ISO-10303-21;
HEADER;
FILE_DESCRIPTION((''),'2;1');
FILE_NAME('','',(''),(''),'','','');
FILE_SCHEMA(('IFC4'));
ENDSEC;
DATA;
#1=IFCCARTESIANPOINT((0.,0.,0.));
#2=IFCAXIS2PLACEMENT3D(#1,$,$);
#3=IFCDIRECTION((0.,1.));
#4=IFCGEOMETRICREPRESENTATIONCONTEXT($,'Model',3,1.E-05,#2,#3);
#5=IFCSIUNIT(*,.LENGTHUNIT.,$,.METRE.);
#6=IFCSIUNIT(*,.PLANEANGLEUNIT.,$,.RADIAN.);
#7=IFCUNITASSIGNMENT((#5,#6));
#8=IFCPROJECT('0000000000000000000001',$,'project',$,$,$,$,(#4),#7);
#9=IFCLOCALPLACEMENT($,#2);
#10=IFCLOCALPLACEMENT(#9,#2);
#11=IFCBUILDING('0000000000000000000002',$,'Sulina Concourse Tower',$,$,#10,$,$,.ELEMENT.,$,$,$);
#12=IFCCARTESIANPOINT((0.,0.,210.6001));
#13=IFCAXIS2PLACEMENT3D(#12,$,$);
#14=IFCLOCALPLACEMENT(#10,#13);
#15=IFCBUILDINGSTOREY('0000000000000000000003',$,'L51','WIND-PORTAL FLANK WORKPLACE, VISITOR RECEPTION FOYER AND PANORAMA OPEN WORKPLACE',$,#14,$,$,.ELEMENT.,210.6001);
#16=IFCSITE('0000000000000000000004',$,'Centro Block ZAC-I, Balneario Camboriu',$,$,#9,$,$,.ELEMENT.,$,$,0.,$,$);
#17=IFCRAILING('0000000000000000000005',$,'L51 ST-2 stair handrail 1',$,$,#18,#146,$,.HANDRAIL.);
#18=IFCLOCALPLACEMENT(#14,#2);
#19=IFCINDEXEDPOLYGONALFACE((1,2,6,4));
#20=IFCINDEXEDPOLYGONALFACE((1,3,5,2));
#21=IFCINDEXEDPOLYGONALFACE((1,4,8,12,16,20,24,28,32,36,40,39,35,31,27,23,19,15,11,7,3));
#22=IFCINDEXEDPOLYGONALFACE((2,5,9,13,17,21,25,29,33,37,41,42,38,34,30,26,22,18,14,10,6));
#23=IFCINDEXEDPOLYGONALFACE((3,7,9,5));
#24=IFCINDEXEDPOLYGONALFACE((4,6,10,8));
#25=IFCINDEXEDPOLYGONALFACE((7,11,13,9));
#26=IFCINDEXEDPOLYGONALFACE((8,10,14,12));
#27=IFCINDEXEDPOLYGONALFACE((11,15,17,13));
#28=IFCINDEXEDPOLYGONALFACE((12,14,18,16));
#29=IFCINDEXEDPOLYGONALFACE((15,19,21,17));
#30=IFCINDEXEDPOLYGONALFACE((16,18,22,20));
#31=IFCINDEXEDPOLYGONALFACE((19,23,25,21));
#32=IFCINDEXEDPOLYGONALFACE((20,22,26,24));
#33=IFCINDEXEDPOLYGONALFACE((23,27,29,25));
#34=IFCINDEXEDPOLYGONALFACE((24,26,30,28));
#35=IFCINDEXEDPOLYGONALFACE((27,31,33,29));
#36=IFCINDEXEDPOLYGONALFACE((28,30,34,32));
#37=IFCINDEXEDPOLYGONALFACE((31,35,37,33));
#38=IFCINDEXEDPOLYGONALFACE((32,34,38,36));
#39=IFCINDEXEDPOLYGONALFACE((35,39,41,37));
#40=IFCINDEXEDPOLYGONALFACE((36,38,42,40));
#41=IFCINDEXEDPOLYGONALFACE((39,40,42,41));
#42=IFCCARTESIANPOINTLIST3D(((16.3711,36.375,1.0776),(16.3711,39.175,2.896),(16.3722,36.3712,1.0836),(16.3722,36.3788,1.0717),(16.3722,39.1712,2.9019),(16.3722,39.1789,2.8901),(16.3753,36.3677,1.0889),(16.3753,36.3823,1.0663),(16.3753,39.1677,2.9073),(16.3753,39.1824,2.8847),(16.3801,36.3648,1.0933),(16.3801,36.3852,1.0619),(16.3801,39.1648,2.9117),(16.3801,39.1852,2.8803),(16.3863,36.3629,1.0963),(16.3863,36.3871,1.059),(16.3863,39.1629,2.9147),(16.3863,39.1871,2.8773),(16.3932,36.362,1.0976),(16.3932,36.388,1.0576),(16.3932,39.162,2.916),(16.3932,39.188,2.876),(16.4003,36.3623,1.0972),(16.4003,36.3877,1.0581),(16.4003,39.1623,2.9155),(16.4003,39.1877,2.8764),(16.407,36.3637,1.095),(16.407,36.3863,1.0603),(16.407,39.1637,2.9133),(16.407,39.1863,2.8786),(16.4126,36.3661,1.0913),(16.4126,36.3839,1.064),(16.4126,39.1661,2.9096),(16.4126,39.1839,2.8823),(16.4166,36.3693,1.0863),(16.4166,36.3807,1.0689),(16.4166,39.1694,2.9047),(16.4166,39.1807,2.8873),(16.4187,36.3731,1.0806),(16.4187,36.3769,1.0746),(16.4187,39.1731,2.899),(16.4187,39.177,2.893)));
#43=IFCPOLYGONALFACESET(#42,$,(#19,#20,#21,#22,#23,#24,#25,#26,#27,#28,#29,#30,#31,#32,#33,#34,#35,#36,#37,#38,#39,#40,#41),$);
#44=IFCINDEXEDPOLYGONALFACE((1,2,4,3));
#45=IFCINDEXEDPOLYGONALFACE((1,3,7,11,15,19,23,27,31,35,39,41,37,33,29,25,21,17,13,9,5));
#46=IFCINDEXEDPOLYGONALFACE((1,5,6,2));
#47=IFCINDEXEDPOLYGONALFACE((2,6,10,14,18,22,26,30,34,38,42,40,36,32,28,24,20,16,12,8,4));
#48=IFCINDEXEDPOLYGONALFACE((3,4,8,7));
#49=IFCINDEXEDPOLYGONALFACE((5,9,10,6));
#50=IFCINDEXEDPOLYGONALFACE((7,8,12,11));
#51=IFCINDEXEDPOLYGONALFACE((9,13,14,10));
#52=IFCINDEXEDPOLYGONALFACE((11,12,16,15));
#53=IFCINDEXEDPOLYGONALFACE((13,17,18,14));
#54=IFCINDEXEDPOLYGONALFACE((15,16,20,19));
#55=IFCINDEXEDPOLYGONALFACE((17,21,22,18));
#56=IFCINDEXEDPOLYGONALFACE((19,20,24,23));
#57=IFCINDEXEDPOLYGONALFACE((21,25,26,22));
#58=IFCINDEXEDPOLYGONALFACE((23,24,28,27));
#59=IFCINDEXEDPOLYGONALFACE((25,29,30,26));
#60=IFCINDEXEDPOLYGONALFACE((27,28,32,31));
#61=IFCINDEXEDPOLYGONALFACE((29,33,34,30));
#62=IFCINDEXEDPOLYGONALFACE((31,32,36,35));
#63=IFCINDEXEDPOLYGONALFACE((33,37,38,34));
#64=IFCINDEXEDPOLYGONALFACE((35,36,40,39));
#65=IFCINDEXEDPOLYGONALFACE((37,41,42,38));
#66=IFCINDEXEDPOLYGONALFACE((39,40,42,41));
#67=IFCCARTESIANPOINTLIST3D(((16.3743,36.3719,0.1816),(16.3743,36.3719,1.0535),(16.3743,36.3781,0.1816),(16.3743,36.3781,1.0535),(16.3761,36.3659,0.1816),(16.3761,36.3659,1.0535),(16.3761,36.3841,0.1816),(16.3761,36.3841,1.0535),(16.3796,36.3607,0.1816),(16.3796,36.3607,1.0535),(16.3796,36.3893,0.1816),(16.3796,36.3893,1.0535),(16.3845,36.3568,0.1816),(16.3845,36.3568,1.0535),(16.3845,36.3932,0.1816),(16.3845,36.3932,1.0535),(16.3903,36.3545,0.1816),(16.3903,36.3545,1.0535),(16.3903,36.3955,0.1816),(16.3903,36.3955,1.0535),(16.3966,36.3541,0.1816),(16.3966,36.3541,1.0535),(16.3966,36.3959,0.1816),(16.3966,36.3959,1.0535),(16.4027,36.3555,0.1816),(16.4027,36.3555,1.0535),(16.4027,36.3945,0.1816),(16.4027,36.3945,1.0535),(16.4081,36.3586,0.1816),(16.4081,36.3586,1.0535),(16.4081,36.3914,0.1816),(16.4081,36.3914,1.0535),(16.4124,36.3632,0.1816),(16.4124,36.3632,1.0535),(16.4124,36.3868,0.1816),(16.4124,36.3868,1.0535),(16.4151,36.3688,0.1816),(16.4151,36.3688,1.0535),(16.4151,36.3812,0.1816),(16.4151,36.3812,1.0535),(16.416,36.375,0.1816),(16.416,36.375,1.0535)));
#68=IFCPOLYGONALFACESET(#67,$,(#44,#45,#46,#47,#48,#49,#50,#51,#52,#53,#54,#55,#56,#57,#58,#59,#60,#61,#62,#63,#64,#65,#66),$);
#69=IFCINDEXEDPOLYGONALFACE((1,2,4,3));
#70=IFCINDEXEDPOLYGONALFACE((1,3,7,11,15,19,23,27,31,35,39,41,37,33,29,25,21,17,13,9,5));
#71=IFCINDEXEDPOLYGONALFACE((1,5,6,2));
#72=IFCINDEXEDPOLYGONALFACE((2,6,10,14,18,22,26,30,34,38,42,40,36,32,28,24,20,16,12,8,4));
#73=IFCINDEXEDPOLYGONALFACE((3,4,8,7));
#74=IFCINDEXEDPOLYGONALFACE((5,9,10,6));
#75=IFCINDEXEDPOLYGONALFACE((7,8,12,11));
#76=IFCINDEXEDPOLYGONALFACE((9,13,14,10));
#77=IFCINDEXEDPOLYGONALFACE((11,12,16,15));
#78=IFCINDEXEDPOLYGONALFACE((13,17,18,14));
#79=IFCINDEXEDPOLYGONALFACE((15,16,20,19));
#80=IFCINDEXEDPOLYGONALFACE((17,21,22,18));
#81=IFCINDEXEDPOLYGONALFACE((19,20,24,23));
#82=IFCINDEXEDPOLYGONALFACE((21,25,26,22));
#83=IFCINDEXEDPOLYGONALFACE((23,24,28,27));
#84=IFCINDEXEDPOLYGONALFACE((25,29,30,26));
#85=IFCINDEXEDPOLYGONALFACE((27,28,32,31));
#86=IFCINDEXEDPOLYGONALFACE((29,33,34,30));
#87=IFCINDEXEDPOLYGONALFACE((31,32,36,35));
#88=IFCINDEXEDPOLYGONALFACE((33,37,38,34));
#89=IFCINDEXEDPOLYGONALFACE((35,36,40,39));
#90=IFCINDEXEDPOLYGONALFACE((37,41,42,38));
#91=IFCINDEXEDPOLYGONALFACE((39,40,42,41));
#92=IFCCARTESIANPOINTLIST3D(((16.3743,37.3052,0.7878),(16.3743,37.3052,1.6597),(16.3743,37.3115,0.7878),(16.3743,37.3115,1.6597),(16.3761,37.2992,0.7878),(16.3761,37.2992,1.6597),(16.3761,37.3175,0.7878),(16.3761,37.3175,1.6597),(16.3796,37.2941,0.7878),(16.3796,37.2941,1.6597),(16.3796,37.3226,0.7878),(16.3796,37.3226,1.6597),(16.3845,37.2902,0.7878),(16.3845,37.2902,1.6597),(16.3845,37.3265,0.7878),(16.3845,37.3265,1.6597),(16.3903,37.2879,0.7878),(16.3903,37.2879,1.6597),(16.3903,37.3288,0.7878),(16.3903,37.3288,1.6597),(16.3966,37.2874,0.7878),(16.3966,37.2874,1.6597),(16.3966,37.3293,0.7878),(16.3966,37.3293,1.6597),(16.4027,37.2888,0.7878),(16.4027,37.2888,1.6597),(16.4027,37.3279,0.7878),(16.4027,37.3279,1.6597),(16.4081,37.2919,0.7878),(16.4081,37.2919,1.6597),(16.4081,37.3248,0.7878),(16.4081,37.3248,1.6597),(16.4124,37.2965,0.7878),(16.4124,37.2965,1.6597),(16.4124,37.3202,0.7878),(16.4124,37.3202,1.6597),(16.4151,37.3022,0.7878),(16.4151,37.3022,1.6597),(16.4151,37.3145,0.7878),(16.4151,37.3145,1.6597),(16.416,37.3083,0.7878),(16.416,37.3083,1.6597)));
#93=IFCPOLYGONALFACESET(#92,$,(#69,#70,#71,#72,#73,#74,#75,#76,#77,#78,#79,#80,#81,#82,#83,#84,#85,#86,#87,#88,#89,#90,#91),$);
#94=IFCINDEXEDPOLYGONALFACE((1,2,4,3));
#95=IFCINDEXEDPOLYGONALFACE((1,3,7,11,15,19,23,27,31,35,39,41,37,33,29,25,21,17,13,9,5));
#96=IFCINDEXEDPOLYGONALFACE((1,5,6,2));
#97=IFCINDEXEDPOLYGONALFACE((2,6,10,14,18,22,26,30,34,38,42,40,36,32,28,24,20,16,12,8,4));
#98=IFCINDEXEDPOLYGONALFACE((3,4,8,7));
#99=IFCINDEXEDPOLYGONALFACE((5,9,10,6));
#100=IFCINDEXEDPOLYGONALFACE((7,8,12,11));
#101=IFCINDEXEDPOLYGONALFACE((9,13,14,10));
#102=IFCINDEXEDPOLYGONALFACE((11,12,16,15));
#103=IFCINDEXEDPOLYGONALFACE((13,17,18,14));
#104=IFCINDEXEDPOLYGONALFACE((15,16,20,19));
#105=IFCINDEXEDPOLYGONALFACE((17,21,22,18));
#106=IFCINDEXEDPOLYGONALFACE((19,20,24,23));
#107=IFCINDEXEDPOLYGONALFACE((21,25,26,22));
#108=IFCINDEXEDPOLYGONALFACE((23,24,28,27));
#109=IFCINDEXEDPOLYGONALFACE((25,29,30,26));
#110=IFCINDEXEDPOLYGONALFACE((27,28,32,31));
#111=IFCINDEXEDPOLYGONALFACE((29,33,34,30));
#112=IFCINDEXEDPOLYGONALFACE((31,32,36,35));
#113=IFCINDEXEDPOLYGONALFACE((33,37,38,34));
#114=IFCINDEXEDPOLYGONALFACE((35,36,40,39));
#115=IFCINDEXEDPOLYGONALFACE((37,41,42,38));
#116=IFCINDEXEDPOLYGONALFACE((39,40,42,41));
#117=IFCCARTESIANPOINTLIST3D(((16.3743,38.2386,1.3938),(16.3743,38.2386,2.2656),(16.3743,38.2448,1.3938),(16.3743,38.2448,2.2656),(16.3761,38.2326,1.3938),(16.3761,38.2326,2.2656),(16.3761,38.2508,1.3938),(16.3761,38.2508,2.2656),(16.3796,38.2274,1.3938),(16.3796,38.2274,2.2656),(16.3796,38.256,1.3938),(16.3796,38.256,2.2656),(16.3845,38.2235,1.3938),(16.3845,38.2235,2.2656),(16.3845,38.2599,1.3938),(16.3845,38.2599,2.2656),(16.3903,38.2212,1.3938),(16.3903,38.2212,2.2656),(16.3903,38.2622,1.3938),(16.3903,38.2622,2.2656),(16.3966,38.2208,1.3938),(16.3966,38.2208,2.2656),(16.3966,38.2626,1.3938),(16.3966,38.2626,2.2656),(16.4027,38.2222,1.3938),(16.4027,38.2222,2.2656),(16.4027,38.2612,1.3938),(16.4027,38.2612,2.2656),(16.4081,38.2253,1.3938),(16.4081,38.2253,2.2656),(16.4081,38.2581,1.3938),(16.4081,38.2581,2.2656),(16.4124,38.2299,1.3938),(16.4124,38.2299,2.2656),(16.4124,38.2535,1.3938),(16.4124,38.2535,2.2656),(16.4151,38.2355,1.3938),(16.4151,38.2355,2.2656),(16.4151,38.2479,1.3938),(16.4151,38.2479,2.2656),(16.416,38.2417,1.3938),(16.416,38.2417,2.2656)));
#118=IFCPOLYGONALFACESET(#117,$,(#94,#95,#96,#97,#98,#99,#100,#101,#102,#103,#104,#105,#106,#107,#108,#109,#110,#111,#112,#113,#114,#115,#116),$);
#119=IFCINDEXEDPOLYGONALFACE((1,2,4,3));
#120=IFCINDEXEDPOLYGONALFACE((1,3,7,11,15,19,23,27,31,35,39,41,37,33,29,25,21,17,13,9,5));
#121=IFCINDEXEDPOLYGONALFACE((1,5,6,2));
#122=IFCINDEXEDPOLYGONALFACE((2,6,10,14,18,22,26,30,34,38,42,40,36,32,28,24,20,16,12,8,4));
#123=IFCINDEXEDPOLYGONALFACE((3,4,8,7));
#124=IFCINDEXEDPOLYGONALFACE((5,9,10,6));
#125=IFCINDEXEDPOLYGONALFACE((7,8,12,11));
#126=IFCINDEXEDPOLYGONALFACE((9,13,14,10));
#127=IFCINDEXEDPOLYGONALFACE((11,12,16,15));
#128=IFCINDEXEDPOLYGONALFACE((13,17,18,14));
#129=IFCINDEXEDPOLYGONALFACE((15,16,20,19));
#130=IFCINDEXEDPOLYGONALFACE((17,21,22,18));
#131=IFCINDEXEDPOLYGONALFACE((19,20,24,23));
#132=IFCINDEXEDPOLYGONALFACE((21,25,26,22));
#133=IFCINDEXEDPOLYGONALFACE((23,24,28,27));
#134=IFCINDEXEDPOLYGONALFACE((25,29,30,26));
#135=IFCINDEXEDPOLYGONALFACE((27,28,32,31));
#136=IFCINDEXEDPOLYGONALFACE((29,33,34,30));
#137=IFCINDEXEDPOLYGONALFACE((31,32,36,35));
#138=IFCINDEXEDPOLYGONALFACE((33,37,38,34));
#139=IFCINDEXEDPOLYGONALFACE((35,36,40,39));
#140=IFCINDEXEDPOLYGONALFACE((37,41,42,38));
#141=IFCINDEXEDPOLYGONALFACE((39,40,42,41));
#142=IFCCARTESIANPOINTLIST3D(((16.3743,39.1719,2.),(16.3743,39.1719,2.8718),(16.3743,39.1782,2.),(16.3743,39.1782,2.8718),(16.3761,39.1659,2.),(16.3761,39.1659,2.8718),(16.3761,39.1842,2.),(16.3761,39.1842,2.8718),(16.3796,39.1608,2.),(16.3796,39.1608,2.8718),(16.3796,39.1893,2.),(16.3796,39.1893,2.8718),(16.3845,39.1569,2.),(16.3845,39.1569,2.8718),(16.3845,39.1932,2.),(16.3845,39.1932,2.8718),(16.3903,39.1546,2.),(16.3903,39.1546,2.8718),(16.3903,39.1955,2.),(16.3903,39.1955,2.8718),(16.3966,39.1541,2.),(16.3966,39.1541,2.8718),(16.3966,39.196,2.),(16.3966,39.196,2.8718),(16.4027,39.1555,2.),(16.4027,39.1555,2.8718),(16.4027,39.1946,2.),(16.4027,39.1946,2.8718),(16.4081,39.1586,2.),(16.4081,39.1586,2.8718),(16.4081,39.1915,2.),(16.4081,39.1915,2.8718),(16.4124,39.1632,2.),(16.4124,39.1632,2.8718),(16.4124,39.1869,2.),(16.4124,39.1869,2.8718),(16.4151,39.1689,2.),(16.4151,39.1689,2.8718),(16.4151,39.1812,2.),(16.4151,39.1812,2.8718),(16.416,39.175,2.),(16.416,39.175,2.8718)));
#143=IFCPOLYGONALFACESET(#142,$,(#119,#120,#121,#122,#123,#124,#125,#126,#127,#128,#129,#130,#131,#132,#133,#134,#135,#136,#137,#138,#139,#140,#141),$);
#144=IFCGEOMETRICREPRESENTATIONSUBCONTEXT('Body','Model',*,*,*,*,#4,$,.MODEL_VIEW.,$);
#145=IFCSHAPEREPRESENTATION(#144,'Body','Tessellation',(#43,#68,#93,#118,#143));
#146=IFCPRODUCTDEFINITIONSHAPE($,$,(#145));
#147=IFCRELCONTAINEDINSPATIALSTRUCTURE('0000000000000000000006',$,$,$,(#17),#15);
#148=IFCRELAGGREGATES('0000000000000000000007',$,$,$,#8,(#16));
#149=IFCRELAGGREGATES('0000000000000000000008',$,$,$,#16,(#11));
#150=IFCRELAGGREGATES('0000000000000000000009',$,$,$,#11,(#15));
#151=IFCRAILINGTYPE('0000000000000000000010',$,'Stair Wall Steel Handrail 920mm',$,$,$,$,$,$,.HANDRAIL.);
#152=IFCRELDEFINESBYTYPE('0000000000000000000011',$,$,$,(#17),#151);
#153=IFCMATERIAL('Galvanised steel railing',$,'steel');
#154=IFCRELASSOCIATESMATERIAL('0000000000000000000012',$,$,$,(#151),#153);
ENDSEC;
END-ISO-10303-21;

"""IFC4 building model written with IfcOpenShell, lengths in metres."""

from ifc_helpers import new_model, si_unit, direction, frame, origin, origin_2d, place, context, subcontext, project, spatial, circle, extrude, material, type_object, element, save


model = new_model("IFC4")

# Units and contexts
model_context = context("Model", 3, precision=1e-05, world=origin(), true_north=direction((0.0, 1.0)))
body_context = subcontext(model_context, "Body", "Model", "MODEL_VIEW")
ifc_project = project(units=[si_unit("LENGTHUNIT", "METRE"), si_unit("PLANEANGLEUNIT", "RADIAN")], contexts=[model_context])

# Site, building, storey
site_placement = place(None, origin())
site = spatial("IfcSite", under=ifc_project, at=site_placement, Name="Centro Block ZAC-I, Balneario Camboriu", CompositionType="ELEMENT", RefElevation=0.0)
building_placement = place(site_placement, origin())
building = spatial("IfcBuilding", under=site, at=building_placement, Name="Sulina Concourse Tower", CompositionType="ELEMENT")
storey_placement = place(building_placement, frame((0.0, 0.0, 210.6001)))
storey = spatial("IfcBuildingStorey", under=building, at=storey_placement, Name="L51", Description="WIND-PORTAL FLANK WORKPLACE, VISITOR RECEPTION FOYER AND PANORAMA OPEN WORKPLACE", CompositionType="ELEMENT", Elevation=210.6001)

# Railing
ifc_material_1 = material(Name="Galvanised steel railing", Category="steel")
railing_type_1 = type_object("IfcRailingType", Name="Stair Wall Steel Handrail 920mm", PredefinedType="HANDRAIL", material=ifc_material_1)
railing_1_placement = place(storey_placement, frame((16.395, 36.375, 0.1816)))
element("IfcRailing", 1, at=railing_1_placement, inside=storey, type_object=railing_type_1, Name="L51 ST-2 stair handrail 1", PredefinedType="HANDRAIL", context=body_context, shape_type="SweptSolid", body=[
    extrude(circle(Radius=0.0239, at=origin_2d()), frame((0.0, 0.0, 0.896), z_axis=(0.0, 0.838672, 0.544636), x_axis=(-1.0, 0.0, 0.0)), (0.0, 0.0, 1.0), 3.3386),
    extrude(circle(Radius=0.021, at=origin_2d()), origin(), (0.0, 0.0, 1.0), 0.8718),
    extrude(circle(Radius=0.021, at=origin_2d()), frame((0.0, 0.9333, 0.6062)), (0.0, 0.0, 1.0), 0.8718),
    extrude(circle(Radius=0.021, at=origin_2d()), frame((0.0, 1.8667, 1.2122)), (0.0, 0.0, 1.0), 0.8718),
    extrude(circle(Radius=0.021, at=origin_2d()), frame((0.0, 2.8, 1.8184)), (0.0, 0.0, 1.0), 0.8718),
])

save(model, "model.ifc")
